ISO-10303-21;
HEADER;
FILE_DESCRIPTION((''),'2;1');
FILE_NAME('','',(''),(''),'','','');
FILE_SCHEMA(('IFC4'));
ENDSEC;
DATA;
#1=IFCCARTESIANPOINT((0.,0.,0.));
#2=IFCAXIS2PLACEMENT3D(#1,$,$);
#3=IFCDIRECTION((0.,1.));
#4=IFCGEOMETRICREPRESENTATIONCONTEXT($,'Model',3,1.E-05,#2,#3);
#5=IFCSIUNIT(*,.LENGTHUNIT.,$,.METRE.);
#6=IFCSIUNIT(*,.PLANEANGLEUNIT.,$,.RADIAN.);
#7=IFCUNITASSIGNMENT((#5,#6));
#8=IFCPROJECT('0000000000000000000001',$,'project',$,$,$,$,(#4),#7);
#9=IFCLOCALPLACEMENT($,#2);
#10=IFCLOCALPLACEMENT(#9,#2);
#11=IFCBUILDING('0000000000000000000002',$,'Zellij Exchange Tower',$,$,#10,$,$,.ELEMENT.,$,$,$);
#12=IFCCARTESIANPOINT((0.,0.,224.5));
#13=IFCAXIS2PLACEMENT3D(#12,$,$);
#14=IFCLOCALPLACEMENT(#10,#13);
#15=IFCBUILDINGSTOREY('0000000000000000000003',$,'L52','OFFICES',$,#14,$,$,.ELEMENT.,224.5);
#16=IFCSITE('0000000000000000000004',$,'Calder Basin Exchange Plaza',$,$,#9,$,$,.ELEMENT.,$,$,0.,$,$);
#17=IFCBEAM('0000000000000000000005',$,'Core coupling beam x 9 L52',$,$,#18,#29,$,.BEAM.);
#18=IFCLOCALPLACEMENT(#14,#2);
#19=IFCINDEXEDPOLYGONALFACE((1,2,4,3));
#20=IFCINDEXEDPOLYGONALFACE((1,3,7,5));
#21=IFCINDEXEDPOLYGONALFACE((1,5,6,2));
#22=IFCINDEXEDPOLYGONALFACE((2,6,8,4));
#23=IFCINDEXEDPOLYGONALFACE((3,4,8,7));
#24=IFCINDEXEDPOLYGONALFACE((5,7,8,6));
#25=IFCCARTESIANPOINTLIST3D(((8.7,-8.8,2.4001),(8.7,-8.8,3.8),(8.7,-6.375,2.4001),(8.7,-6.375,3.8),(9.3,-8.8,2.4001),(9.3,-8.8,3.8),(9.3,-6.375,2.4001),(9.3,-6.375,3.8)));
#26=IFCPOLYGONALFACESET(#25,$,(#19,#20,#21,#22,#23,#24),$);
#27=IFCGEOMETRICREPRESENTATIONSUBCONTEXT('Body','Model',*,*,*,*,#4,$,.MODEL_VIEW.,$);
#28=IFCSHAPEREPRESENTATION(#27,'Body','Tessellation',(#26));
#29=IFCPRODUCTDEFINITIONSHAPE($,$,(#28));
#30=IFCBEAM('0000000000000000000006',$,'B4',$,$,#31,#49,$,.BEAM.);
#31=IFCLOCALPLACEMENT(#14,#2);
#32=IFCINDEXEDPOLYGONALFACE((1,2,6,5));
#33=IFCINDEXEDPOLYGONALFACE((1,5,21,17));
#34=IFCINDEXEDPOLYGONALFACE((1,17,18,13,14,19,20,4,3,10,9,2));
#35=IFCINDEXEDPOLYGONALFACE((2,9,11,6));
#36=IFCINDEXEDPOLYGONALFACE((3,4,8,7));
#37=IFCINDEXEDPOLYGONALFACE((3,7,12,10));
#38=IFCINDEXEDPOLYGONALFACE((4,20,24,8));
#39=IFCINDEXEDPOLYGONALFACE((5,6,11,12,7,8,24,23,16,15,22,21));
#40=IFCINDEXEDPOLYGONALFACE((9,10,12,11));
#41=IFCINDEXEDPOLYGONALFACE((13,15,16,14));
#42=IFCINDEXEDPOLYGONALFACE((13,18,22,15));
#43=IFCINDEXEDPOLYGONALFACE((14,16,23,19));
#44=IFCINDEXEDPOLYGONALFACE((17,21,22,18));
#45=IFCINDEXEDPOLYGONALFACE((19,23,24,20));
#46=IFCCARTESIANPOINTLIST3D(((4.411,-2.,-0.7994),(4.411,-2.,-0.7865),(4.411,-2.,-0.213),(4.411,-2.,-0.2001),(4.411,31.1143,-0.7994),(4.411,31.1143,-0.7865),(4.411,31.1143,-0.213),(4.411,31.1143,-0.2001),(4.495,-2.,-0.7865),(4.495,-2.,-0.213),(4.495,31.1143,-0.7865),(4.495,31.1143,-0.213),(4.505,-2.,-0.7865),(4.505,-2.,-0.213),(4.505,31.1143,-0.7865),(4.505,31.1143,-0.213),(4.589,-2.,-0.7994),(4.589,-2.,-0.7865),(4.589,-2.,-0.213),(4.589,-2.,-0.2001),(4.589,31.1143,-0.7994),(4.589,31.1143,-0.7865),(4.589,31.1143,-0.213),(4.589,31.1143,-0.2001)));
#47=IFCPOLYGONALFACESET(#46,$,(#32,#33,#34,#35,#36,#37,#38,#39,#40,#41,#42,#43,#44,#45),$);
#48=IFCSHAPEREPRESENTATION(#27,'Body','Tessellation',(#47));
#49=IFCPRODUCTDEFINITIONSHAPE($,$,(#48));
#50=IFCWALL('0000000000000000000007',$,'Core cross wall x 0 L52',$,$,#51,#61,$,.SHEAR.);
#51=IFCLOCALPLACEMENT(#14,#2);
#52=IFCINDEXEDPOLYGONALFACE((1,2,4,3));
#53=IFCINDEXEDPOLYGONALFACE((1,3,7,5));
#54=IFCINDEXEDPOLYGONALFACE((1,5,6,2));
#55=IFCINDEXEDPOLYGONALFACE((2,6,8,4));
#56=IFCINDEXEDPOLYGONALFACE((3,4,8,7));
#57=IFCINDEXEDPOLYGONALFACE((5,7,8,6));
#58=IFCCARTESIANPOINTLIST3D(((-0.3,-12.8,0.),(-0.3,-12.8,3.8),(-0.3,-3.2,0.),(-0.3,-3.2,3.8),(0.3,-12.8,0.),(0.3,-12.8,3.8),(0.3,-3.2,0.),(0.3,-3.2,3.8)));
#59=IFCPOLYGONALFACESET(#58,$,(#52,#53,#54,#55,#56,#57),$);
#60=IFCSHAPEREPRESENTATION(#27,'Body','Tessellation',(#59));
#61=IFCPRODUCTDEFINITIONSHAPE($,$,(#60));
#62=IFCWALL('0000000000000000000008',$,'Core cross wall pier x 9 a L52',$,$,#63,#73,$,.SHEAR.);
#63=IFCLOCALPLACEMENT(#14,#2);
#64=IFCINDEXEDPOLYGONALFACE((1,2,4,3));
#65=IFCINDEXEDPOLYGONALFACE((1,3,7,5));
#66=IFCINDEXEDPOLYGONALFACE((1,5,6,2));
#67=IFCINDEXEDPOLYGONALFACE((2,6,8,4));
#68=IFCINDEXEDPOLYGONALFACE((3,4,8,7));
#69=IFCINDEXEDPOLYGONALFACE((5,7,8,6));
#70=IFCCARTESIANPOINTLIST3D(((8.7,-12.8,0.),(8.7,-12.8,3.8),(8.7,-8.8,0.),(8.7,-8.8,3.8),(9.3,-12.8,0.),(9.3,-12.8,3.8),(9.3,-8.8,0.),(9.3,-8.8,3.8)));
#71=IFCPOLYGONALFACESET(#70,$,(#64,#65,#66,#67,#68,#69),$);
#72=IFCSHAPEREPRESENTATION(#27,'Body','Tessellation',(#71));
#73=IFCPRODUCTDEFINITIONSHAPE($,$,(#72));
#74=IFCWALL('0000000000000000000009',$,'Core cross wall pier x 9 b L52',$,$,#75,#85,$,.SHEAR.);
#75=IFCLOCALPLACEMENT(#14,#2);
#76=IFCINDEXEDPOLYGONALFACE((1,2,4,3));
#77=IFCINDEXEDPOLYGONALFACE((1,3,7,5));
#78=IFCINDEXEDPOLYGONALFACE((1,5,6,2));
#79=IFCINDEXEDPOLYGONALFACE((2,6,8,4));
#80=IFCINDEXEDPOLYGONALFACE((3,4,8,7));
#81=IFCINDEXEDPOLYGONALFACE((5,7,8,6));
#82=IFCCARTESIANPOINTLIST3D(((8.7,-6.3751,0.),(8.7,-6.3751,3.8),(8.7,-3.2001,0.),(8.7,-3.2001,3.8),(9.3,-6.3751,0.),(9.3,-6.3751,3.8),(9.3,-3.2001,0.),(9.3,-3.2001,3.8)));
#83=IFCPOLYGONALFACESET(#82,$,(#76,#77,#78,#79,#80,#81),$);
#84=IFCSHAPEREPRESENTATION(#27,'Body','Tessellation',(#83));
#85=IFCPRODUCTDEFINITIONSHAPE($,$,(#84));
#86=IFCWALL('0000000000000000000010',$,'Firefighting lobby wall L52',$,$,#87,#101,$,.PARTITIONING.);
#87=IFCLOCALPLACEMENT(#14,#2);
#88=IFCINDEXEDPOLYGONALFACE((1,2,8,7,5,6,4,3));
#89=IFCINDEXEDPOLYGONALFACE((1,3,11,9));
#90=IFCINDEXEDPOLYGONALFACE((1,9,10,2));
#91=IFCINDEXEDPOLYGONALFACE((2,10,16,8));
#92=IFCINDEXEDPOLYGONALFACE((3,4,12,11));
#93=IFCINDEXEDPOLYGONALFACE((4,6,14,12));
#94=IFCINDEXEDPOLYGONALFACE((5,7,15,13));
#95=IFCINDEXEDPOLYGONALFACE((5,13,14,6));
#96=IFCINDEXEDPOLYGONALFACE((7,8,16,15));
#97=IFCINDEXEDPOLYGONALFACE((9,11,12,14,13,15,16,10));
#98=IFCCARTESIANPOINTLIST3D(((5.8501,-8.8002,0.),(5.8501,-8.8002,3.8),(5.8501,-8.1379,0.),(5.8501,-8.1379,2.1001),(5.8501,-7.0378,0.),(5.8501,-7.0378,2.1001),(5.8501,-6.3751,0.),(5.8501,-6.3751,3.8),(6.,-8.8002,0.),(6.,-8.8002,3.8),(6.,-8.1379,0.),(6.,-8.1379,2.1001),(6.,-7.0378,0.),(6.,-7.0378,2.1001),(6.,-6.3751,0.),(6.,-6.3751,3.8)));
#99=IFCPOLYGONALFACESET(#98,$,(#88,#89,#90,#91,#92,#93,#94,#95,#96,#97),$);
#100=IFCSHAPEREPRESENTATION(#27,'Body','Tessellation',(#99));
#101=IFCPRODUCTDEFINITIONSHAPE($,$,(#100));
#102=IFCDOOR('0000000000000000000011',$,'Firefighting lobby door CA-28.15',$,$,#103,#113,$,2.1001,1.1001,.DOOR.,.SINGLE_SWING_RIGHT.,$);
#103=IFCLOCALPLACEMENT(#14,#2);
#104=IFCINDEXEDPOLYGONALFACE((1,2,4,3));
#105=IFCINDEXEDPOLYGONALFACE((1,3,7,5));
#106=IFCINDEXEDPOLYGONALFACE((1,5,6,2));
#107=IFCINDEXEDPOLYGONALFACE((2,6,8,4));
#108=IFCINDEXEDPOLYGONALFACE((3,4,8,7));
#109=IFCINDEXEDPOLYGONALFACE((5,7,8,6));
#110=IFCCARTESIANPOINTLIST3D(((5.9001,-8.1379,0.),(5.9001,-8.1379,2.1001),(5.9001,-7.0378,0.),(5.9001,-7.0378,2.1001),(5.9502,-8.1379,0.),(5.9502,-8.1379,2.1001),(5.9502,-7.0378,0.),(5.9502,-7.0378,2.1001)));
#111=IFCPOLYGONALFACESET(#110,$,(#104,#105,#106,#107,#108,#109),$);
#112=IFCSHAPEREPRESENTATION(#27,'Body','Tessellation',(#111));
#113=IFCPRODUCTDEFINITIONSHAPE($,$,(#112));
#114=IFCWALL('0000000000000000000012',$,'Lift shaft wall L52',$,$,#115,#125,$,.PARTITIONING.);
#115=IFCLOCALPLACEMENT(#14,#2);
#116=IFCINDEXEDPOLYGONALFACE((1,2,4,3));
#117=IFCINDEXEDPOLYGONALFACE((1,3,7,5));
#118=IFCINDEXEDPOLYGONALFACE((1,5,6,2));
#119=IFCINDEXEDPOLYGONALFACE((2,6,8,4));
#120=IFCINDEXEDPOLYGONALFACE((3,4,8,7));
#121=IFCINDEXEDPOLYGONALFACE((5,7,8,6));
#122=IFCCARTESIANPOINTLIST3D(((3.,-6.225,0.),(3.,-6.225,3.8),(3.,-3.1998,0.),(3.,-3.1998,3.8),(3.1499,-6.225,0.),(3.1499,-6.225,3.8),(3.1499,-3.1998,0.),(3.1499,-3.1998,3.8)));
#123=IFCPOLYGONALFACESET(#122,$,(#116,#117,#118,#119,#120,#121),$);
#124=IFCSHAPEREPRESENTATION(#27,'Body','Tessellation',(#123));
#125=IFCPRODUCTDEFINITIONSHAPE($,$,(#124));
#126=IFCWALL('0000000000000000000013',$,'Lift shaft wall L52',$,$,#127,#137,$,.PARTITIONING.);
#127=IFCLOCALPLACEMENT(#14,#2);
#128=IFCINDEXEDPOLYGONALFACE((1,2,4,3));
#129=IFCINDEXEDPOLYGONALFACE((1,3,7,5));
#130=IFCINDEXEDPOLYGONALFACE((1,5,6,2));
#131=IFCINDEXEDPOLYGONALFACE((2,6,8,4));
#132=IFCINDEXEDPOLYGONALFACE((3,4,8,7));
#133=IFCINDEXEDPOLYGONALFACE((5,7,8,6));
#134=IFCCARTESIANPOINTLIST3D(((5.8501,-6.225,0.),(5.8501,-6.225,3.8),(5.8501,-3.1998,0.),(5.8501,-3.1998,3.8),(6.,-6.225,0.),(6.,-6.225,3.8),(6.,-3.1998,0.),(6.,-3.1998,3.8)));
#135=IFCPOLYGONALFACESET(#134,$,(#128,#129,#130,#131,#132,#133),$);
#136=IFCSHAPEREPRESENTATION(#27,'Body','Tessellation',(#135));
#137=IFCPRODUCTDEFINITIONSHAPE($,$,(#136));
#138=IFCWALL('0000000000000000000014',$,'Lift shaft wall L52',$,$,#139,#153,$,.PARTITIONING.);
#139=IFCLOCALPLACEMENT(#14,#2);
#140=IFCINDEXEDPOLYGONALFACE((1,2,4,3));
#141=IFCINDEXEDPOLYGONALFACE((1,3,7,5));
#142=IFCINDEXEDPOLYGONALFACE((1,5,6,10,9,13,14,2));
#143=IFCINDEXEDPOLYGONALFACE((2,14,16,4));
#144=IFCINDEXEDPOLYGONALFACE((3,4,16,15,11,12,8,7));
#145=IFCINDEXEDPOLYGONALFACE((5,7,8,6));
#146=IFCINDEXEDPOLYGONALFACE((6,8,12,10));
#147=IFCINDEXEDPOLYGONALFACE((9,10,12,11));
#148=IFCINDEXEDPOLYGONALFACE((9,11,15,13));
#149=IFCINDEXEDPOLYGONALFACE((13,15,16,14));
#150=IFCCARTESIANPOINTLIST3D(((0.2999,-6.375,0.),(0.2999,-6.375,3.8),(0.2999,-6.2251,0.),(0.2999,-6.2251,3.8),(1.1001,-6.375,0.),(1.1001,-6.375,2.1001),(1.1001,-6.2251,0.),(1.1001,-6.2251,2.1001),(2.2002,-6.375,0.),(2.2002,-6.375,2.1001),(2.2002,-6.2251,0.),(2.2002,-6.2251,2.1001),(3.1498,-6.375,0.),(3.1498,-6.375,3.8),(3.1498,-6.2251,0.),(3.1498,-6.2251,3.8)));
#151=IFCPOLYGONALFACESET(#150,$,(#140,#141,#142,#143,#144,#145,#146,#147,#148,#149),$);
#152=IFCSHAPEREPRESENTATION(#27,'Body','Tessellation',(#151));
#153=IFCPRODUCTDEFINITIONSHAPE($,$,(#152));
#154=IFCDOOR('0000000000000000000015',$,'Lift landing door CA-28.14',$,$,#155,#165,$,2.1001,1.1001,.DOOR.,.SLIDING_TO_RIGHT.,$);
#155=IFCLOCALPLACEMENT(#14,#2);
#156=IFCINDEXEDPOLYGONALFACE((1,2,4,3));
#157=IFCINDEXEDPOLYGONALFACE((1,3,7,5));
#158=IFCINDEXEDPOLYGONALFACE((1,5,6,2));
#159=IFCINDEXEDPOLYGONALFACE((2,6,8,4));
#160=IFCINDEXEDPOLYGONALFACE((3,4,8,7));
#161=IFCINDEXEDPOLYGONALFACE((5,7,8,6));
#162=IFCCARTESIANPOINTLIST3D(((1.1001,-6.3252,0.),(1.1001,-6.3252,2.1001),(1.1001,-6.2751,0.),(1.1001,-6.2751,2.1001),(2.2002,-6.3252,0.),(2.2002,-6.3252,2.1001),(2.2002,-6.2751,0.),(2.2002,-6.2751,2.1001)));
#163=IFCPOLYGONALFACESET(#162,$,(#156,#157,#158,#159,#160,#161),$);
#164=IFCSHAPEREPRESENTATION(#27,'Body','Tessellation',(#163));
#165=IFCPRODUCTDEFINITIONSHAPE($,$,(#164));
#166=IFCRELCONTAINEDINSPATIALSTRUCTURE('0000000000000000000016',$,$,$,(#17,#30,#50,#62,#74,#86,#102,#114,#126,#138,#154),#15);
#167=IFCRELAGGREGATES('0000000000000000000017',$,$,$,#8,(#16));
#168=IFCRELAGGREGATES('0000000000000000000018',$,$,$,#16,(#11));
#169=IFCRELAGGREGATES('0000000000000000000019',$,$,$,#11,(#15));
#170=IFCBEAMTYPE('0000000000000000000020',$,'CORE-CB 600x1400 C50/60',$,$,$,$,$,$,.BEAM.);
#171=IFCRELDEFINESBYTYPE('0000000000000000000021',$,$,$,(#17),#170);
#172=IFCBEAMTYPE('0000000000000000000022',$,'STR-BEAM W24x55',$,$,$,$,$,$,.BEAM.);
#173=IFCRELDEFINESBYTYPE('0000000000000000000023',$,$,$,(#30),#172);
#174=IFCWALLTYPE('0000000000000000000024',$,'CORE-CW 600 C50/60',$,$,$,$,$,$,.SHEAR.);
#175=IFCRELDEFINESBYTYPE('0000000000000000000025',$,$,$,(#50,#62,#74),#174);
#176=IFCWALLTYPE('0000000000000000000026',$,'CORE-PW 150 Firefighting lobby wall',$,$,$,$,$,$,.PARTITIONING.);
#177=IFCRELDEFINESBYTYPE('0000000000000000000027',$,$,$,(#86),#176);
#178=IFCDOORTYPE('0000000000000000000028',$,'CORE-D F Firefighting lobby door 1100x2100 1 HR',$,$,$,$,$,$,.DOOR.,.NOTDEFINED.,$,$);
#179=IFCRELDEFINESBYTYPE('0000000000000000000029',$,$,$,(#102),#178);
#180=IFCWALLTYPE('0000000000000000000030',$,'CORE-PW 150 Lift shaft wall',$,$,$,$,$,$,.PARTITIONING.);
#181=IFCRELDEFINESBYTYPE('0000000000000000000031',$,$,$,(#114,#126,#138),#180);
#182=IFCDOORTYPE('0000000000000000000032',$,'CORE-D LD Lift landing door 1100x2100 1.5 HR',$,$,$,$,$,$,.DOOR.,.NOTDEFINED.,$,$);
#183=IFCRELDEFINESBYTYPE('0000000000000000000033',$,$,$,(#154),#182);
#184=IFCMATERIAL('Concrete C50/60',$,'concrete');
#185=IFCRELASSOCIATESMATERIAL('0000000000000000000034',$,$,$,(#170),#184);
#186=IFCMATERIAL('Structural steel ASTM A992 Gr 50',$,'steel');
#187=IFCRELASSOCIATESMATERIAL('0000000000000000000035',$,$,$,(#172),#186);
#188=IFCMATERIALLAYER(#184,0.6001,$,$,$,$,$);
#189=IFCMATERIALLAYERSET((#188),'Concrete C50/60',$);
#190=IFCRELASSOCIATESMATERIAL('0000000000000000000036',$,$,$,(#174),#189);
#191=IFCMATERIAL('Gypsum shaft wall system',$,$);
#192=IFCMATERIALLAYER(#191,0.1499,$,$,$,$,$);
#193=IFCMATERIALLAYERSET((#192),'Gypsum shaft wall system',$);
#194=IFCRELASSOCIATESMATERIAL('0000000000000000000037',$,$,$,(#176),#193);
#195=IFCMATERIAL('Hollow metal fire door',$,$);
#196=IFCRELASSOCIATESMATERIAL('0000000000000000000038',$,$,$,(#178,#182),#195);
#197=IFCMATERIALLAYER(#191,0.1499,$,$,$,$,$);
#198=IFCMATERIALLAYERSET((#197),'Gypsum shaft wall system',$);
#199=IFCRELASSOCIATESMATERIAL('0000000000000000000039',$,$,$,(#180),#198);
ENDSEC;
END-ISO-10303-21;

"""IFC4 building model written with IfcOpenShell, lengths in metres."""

from ifc_helpers import new_model, si_unit, direction, frame, frame_2d, origin, origin_2d, place, context, subcontext, project, spatial, rectangle, i_section, extrude, material, layer, layer_set, material_profile, profile_set, type_object, element, fill, save


model = new_model("IFC4")

# Units and contexts
model_context = context("Model", 3, precision=1e-05, world=origin(), true_north=direction((0.0, 1.0)))
body_context = subcontext(model_context, "Body", "Model", "MODEL_VIEW")
ifc_project = project(units=[si_unit("LENGTHUNIT", "METRE"), si_unit("PLANEANGLEUNIT", "RADIAN")], contexts=[model_context])

# Site, building, storey
site_placement = place(None, origin())
site = spatial("IfcSite", under=ifc_project, at=site_placement, Name="Calder Basin Exchange Plaza", CompositionType="ELEMENT", RefElevation=0.0)
building_placement = place(site_placement, origin())
building = spatial("IfcBuilding", under=site, at=building_placement, Name="Zellij Exchange Tower", CompositionType="ELEMENT")
storey_placement = place(building_placement, frame((0.0, 0.0, 224.5)))
storey = spatial("IfcBuildingStorey", under=building, at=storey_placement, Name="L52", Description="OFFICES", CompositionType="ELEMENT", Elevation=224.5)

# Beams
ifc_material_1 = material(Name="Concrete C50/60", Category="concrete")
ifc_material_profile_1 = material_profile(ifc_material_1, rectangle(XDim=0.6001, YDim=1.3999, at=origin_2d()), Name="CORE-CB 600x1400 C50/60")
ifc_profile_set_1 = profile_set([ifc_material_profile_1], Name="Concrete C50/60")
beam_type_1 = type_object("IfcBeamType", Name="CORE-CB 600x1400 C50/60", PredefinedType="BEAM", material=ifc_profile_set_1)
beam_1_placement = place(storey_placement, frame((9.0, -8.8, 3.1001), z_axis=(0.0, 1.0, 0.0), x_axis=(-1.0, 0.0, 0.0)))
element("IfcBeam", 1, at=beam_1_placement, inside=storey, type_object=beam_type_1, Name="Core coupling beam x 9 L52", PredefinedType="BEAM", context=body_context, shape_type="SweptSolid", body=[
    extrude(rectangle(XDim=0.6001, YDim=1.3999, at=origin_2d()), origin(), (0.0, 0.0, 1.0), 2.425),
])
ifc_material_2 = material(Name="Structural steel ASTM A992 Gr 50", Category="steel")
ifc_material_profile_2 = material_profile(ifc_material_2, i_section(OverallWidth=0.178, OverallDepth=0.5994, WebThickness=0.01, FlangeThickness=0.0129, at=origin_2d()), Name="W24x55")
ifc_profile_set_2 = profile_set([ifc_material_profile_2], Name="Structural steel ASTM A992 Gr 50")
beam_type_2 = type_object("IfcBeamType", Name="STR-BEAM W24x55", PredefinedType="BEAM", material=ifc_profile_set_2)
beam_2_placement = place(storey_placement, frame((4.5, -2.0, -0.4998), z_axis=(0.0, 1.0, 0.0), x_axis=(-1.0, 0.0, 0.0)))
element("IfcBeam", 2, at=beam_2_placement, inside=storey, type_object=beam_type_2, Name="B4", PredefinedType="BEAM", context=body_context, shape_type="SweptSolid", body=[
    extrude(i_section(OverallWidth=0.178, OverallDepth=0.5994, WebThickness=0.01, FlangeThickness=0.0129, at=origin_2d()), origin(), (0.0, 0.0, 1.0), 33.1143),
])

# Walls
ifc_layer_1 = layer(ifc_material_1, 0.6001)
ifc_layer_set_1 = layer_set([ifc_layer_1], Name="Concrete C50/60")
wall_type_1 = type_object("IfcWallType", Name="CORE-CW 600 C50/60", PredefinedType="SHEAR", material=ifc_layer_set_1)
wall_1_placement = place(storey_placement, frame((0.0, -12.8, 0.0), z_axis=(0.0, 0.0, 1.0), x_axis=(0.0, 1.0, 0.0)))
element("IfcWall", 3, at=wall_1_placement, inside=storey, type_object=wall_type_1, Name="Core cross wall x 0 L52", PredefinedType="SHEAR", context=body_context, shape_type="SweptSolid", body=[
    extrude(rectangle(XDim=9.6001, YDim=0.6001, at=frame_2d((4.8, 0.0))), origin(), (0.0, 0.0, 1.0), 3.8),
])
wall_2_placement = place(storey_placement, frame((9.0, -12.8, 0.0), z_axis=(0.0, 0.0, 1.0), x_axis=(0.0, 1.0, 0.0)))
element("IfcWall", 4, at=wall_2_placement, inside=storey, type_object=wall_type_1, Name="Core cross wall pier x 9 a L52", PredefinedType="SHEAR", context=body_context, shape_type="SweptSolid", body=[
    extrude(rectangle(XDim=4.0, YDim=0.6001, at=frame_2d((2.0, 0.0))), origin(), (0.0, 0.0, 1.0), 3.8),
])
wall_3_placement = place(storey_placement, frame((9.0, -6.375, 0.0), z_axis=(0.0, 0.0, 1.0), x_axis=(0.0, 1.0, 0.0)))
element("IfcWall", 5, at=wall_3_placement, inside=storey, type_object=wall_type_1, Name="Core cross wall pier x 9 b L52", PredefinedType="SHEAR", context=body_context, shape_type="SweptSolid", body=[
    extrude(rectangle(XDim=3.175, YDim=0.6001, at=frame_2d((1.5874, 0.0))), origin(), (0.0, 0.0, 1.0), 3.8),
])

# Wall, opening, door
ifc_material_3 = material(Name="Gypsum shaft wall system")
ifc_layer_2 = layer(ifc_material_3, 0.1499)
ifc_layer_set_2 = layer_set([ifc_layer_2], Name="Gypsum shaft wall system")
wall_type_2 = type_object("IfcWallType", Name="CORE-PW 150 Firefighting lobby wall", PredefinedType="PARTITIONING", material=ifc_layer_set_2)
wall_4_placement = place(storey_placement, frame((5.925, -8.8, 0.0), z_axis=(0.0, 0.0, 1.0), x_axis=(0.0, 1.0, 0.0)))
wall_4 = element("IfcWall", 6, at=wall_4_placement, inside=storey, type_object=wall_type_2, Name="Firefighting lobby wall L52", PredefinedType="PARTITIONING", context=body_context, shape_type="SweptSolid", body=[
    extrude(rectangle(XDim=2.425, YDim=0.1499, at=frame_2d((1.2124, 0.0))), origin(), (0.0, 0.0, 1.0), 3.8),
])
opening_1_placement = place(wall_4_placement, frame((0.6621, 0.0, 0.0)))
opening_1 = element("IfcOpeningElement", 7, at=opening_1_placement, cuts=wall_4, PredefinedType="OPENING", context=body_context, shape_type="SweptSolid", body=[
    extrude(rectangle(XDim=1.1001, YDim=2.1001, at=frame_2d((0.55, 1.05))), frame((0.0, 0.0869, 0.0), z_axis=(0.0, -1.0, 0.0), x_axis=(1.0, 0.0, 0.0)), (0.0, 0.0, 1.0), 0.1738),
])
ifc_material_4 = material(Name="Hollow metal fire door")
door_type_1 = type_object("IfcDoorType", Name="CORE-D F Firefighting lobby door 1100x2100 1 HR", OperationType="NOTDEFINED", PredefinedType="DOOR", material=ifc_material_4)
door_1_placement = place(opening_1_placement, origin())
door_1 = element("IfcDoor", 8, at=door_1_placement, inside=storey, type_object=door_type_1, Name="Firefighting lobby door CA-28.15", OperationType="SINGLE_SWING_RIGHT", OverallHeight=2.1001, OverallWidth=1.1001, PredefinedType="DOOR", context=body_context, shape_type="SweptSolid", body=[
    extrude(rectangle(XDim=1.1001, YDim=2.1001, at=frame_2d((0.55, 1.05))), frame((0.0, 0.0249, 0.0), z_axis=(0.0, -1.0, 0.0), x_axis=(1.0, 0.0, 0.0)), (0.0, 0.0, 1.0), 0.05),
])
fill(opening_1, door_1)

# Walls
ifc_layer_3 = layer(ifc_material_3, 0.1499)
ifc_layer_set_3 = layer_set([ifc_layer_3], Name="Gypsum shaft wall system")
wall_type_3 = type_object("IfcWallType", Name="CORE-PW 150 Lift shaft wall", PredefinedType="PARTITIONING", material=ifc_layer_set_3)
for number, where, z_axis, x_axis, name in (
    (9, (3.075, -6.2251, 0.0), (0.0, 0.0, 1.0), (0.0, 1.0, 0.0), "Lift shaft wall L52"),
    (10, (5.925, -6.2251, 0.0), (0.0, 0.0, 1.0), (0.0, 1.0, 0.0), "Lift shaft wall L52"),
):
    element("IfcWall", number, at=place(storey_placement, frame(where, z_axis=z_axis, x_axis=x_axis)), inside=storey, type_object=wall_type_3, Name=name, PredefinedType="PARTITIONING", context=body_context, shape_type="SweptSolid", body=[
        extrude(rectangle(XDim=3.0251, YDim=0.1499, at=frame_2d((1.5127, 0.0))), origin(), (0.0, 0.0, 1.0), 3.8),
    ])

# Wall, opening, door
wall_5_placement = place(storey_placement, frame((0.3, -6.3, 0.0), z_axis=(0.0, 0.0, 1.0), x_axis=(1.0, 0.0, 0.0)))
wall_5 = element("IfcWall", 11, at=wall_5_placement, inside=storey, type_object=wall_type_3, Name="Lift shaft wall L52", PredefinedType="PARTITIONING", context=body_context, shape_type="SweptSolid", body=[
    extrude(rectangle(XDim=2.8499, YDim=0.1499, at=frame_2d((1.4248, 0.0))), origin(), (0.0, 0.0, 1.0), 3.8),
])
opening_2_placement = place(wall_5_placement, frame((0.8, 0.0, 0.0)))
opening_2 = element("IfcOpeningElement", 12, at=opening_2_placement, cuts=wall_5, PredefinedType="OPENING", context=body_context, shape_type="SweptSolid", body=[
    extrude(rectangle(XDim=1.1001, YDim=2.1001, at=frame_2d((0.55, 1.05))), frame((0.0, 0.0869, 0.0), z_axis=(0.0, -1.0, 0.0), x_axis=(1.0, 0.0, 0.0)), (0.0, 0.0, 1.0), 0.1738),
])
door_type_2 = type_object("IfcDoorType", Name="CORE-D LD Lift landing door 1100x2100 1.5 HR", OperationType="NOTDEFINED", PredefinedType="DOOR", material=ifc_material_4)
door_2_placement = place(opening_2_placement, origin())
door_2 = element("IfcDoor", 13, at=door_2_placement, inside=storey, type_object=door_type_2, Name="Lift landing door CA-28.14", OperationType="SLIDING_TO_RIGHT", OverallHeight=2.1001, OverallWidth=1.1001, PredefinedType="DOOR", context=body_context, shape_type="SweptSolid", body=[
    extrude(rectangle(XDim=1.1001, YDim=2.1001, at=frame_2d((0.55, 1.05))), frame((0.0, 0.0249, 0.0), z_axis=(0.0, -1.0, 0.0), x_axis=(1.0, 0.0, 0.0)), (0.0, 0.0, 1.0), 0.05),
])
fill(opening_2, door_2)

save(model, "model.ifc")
